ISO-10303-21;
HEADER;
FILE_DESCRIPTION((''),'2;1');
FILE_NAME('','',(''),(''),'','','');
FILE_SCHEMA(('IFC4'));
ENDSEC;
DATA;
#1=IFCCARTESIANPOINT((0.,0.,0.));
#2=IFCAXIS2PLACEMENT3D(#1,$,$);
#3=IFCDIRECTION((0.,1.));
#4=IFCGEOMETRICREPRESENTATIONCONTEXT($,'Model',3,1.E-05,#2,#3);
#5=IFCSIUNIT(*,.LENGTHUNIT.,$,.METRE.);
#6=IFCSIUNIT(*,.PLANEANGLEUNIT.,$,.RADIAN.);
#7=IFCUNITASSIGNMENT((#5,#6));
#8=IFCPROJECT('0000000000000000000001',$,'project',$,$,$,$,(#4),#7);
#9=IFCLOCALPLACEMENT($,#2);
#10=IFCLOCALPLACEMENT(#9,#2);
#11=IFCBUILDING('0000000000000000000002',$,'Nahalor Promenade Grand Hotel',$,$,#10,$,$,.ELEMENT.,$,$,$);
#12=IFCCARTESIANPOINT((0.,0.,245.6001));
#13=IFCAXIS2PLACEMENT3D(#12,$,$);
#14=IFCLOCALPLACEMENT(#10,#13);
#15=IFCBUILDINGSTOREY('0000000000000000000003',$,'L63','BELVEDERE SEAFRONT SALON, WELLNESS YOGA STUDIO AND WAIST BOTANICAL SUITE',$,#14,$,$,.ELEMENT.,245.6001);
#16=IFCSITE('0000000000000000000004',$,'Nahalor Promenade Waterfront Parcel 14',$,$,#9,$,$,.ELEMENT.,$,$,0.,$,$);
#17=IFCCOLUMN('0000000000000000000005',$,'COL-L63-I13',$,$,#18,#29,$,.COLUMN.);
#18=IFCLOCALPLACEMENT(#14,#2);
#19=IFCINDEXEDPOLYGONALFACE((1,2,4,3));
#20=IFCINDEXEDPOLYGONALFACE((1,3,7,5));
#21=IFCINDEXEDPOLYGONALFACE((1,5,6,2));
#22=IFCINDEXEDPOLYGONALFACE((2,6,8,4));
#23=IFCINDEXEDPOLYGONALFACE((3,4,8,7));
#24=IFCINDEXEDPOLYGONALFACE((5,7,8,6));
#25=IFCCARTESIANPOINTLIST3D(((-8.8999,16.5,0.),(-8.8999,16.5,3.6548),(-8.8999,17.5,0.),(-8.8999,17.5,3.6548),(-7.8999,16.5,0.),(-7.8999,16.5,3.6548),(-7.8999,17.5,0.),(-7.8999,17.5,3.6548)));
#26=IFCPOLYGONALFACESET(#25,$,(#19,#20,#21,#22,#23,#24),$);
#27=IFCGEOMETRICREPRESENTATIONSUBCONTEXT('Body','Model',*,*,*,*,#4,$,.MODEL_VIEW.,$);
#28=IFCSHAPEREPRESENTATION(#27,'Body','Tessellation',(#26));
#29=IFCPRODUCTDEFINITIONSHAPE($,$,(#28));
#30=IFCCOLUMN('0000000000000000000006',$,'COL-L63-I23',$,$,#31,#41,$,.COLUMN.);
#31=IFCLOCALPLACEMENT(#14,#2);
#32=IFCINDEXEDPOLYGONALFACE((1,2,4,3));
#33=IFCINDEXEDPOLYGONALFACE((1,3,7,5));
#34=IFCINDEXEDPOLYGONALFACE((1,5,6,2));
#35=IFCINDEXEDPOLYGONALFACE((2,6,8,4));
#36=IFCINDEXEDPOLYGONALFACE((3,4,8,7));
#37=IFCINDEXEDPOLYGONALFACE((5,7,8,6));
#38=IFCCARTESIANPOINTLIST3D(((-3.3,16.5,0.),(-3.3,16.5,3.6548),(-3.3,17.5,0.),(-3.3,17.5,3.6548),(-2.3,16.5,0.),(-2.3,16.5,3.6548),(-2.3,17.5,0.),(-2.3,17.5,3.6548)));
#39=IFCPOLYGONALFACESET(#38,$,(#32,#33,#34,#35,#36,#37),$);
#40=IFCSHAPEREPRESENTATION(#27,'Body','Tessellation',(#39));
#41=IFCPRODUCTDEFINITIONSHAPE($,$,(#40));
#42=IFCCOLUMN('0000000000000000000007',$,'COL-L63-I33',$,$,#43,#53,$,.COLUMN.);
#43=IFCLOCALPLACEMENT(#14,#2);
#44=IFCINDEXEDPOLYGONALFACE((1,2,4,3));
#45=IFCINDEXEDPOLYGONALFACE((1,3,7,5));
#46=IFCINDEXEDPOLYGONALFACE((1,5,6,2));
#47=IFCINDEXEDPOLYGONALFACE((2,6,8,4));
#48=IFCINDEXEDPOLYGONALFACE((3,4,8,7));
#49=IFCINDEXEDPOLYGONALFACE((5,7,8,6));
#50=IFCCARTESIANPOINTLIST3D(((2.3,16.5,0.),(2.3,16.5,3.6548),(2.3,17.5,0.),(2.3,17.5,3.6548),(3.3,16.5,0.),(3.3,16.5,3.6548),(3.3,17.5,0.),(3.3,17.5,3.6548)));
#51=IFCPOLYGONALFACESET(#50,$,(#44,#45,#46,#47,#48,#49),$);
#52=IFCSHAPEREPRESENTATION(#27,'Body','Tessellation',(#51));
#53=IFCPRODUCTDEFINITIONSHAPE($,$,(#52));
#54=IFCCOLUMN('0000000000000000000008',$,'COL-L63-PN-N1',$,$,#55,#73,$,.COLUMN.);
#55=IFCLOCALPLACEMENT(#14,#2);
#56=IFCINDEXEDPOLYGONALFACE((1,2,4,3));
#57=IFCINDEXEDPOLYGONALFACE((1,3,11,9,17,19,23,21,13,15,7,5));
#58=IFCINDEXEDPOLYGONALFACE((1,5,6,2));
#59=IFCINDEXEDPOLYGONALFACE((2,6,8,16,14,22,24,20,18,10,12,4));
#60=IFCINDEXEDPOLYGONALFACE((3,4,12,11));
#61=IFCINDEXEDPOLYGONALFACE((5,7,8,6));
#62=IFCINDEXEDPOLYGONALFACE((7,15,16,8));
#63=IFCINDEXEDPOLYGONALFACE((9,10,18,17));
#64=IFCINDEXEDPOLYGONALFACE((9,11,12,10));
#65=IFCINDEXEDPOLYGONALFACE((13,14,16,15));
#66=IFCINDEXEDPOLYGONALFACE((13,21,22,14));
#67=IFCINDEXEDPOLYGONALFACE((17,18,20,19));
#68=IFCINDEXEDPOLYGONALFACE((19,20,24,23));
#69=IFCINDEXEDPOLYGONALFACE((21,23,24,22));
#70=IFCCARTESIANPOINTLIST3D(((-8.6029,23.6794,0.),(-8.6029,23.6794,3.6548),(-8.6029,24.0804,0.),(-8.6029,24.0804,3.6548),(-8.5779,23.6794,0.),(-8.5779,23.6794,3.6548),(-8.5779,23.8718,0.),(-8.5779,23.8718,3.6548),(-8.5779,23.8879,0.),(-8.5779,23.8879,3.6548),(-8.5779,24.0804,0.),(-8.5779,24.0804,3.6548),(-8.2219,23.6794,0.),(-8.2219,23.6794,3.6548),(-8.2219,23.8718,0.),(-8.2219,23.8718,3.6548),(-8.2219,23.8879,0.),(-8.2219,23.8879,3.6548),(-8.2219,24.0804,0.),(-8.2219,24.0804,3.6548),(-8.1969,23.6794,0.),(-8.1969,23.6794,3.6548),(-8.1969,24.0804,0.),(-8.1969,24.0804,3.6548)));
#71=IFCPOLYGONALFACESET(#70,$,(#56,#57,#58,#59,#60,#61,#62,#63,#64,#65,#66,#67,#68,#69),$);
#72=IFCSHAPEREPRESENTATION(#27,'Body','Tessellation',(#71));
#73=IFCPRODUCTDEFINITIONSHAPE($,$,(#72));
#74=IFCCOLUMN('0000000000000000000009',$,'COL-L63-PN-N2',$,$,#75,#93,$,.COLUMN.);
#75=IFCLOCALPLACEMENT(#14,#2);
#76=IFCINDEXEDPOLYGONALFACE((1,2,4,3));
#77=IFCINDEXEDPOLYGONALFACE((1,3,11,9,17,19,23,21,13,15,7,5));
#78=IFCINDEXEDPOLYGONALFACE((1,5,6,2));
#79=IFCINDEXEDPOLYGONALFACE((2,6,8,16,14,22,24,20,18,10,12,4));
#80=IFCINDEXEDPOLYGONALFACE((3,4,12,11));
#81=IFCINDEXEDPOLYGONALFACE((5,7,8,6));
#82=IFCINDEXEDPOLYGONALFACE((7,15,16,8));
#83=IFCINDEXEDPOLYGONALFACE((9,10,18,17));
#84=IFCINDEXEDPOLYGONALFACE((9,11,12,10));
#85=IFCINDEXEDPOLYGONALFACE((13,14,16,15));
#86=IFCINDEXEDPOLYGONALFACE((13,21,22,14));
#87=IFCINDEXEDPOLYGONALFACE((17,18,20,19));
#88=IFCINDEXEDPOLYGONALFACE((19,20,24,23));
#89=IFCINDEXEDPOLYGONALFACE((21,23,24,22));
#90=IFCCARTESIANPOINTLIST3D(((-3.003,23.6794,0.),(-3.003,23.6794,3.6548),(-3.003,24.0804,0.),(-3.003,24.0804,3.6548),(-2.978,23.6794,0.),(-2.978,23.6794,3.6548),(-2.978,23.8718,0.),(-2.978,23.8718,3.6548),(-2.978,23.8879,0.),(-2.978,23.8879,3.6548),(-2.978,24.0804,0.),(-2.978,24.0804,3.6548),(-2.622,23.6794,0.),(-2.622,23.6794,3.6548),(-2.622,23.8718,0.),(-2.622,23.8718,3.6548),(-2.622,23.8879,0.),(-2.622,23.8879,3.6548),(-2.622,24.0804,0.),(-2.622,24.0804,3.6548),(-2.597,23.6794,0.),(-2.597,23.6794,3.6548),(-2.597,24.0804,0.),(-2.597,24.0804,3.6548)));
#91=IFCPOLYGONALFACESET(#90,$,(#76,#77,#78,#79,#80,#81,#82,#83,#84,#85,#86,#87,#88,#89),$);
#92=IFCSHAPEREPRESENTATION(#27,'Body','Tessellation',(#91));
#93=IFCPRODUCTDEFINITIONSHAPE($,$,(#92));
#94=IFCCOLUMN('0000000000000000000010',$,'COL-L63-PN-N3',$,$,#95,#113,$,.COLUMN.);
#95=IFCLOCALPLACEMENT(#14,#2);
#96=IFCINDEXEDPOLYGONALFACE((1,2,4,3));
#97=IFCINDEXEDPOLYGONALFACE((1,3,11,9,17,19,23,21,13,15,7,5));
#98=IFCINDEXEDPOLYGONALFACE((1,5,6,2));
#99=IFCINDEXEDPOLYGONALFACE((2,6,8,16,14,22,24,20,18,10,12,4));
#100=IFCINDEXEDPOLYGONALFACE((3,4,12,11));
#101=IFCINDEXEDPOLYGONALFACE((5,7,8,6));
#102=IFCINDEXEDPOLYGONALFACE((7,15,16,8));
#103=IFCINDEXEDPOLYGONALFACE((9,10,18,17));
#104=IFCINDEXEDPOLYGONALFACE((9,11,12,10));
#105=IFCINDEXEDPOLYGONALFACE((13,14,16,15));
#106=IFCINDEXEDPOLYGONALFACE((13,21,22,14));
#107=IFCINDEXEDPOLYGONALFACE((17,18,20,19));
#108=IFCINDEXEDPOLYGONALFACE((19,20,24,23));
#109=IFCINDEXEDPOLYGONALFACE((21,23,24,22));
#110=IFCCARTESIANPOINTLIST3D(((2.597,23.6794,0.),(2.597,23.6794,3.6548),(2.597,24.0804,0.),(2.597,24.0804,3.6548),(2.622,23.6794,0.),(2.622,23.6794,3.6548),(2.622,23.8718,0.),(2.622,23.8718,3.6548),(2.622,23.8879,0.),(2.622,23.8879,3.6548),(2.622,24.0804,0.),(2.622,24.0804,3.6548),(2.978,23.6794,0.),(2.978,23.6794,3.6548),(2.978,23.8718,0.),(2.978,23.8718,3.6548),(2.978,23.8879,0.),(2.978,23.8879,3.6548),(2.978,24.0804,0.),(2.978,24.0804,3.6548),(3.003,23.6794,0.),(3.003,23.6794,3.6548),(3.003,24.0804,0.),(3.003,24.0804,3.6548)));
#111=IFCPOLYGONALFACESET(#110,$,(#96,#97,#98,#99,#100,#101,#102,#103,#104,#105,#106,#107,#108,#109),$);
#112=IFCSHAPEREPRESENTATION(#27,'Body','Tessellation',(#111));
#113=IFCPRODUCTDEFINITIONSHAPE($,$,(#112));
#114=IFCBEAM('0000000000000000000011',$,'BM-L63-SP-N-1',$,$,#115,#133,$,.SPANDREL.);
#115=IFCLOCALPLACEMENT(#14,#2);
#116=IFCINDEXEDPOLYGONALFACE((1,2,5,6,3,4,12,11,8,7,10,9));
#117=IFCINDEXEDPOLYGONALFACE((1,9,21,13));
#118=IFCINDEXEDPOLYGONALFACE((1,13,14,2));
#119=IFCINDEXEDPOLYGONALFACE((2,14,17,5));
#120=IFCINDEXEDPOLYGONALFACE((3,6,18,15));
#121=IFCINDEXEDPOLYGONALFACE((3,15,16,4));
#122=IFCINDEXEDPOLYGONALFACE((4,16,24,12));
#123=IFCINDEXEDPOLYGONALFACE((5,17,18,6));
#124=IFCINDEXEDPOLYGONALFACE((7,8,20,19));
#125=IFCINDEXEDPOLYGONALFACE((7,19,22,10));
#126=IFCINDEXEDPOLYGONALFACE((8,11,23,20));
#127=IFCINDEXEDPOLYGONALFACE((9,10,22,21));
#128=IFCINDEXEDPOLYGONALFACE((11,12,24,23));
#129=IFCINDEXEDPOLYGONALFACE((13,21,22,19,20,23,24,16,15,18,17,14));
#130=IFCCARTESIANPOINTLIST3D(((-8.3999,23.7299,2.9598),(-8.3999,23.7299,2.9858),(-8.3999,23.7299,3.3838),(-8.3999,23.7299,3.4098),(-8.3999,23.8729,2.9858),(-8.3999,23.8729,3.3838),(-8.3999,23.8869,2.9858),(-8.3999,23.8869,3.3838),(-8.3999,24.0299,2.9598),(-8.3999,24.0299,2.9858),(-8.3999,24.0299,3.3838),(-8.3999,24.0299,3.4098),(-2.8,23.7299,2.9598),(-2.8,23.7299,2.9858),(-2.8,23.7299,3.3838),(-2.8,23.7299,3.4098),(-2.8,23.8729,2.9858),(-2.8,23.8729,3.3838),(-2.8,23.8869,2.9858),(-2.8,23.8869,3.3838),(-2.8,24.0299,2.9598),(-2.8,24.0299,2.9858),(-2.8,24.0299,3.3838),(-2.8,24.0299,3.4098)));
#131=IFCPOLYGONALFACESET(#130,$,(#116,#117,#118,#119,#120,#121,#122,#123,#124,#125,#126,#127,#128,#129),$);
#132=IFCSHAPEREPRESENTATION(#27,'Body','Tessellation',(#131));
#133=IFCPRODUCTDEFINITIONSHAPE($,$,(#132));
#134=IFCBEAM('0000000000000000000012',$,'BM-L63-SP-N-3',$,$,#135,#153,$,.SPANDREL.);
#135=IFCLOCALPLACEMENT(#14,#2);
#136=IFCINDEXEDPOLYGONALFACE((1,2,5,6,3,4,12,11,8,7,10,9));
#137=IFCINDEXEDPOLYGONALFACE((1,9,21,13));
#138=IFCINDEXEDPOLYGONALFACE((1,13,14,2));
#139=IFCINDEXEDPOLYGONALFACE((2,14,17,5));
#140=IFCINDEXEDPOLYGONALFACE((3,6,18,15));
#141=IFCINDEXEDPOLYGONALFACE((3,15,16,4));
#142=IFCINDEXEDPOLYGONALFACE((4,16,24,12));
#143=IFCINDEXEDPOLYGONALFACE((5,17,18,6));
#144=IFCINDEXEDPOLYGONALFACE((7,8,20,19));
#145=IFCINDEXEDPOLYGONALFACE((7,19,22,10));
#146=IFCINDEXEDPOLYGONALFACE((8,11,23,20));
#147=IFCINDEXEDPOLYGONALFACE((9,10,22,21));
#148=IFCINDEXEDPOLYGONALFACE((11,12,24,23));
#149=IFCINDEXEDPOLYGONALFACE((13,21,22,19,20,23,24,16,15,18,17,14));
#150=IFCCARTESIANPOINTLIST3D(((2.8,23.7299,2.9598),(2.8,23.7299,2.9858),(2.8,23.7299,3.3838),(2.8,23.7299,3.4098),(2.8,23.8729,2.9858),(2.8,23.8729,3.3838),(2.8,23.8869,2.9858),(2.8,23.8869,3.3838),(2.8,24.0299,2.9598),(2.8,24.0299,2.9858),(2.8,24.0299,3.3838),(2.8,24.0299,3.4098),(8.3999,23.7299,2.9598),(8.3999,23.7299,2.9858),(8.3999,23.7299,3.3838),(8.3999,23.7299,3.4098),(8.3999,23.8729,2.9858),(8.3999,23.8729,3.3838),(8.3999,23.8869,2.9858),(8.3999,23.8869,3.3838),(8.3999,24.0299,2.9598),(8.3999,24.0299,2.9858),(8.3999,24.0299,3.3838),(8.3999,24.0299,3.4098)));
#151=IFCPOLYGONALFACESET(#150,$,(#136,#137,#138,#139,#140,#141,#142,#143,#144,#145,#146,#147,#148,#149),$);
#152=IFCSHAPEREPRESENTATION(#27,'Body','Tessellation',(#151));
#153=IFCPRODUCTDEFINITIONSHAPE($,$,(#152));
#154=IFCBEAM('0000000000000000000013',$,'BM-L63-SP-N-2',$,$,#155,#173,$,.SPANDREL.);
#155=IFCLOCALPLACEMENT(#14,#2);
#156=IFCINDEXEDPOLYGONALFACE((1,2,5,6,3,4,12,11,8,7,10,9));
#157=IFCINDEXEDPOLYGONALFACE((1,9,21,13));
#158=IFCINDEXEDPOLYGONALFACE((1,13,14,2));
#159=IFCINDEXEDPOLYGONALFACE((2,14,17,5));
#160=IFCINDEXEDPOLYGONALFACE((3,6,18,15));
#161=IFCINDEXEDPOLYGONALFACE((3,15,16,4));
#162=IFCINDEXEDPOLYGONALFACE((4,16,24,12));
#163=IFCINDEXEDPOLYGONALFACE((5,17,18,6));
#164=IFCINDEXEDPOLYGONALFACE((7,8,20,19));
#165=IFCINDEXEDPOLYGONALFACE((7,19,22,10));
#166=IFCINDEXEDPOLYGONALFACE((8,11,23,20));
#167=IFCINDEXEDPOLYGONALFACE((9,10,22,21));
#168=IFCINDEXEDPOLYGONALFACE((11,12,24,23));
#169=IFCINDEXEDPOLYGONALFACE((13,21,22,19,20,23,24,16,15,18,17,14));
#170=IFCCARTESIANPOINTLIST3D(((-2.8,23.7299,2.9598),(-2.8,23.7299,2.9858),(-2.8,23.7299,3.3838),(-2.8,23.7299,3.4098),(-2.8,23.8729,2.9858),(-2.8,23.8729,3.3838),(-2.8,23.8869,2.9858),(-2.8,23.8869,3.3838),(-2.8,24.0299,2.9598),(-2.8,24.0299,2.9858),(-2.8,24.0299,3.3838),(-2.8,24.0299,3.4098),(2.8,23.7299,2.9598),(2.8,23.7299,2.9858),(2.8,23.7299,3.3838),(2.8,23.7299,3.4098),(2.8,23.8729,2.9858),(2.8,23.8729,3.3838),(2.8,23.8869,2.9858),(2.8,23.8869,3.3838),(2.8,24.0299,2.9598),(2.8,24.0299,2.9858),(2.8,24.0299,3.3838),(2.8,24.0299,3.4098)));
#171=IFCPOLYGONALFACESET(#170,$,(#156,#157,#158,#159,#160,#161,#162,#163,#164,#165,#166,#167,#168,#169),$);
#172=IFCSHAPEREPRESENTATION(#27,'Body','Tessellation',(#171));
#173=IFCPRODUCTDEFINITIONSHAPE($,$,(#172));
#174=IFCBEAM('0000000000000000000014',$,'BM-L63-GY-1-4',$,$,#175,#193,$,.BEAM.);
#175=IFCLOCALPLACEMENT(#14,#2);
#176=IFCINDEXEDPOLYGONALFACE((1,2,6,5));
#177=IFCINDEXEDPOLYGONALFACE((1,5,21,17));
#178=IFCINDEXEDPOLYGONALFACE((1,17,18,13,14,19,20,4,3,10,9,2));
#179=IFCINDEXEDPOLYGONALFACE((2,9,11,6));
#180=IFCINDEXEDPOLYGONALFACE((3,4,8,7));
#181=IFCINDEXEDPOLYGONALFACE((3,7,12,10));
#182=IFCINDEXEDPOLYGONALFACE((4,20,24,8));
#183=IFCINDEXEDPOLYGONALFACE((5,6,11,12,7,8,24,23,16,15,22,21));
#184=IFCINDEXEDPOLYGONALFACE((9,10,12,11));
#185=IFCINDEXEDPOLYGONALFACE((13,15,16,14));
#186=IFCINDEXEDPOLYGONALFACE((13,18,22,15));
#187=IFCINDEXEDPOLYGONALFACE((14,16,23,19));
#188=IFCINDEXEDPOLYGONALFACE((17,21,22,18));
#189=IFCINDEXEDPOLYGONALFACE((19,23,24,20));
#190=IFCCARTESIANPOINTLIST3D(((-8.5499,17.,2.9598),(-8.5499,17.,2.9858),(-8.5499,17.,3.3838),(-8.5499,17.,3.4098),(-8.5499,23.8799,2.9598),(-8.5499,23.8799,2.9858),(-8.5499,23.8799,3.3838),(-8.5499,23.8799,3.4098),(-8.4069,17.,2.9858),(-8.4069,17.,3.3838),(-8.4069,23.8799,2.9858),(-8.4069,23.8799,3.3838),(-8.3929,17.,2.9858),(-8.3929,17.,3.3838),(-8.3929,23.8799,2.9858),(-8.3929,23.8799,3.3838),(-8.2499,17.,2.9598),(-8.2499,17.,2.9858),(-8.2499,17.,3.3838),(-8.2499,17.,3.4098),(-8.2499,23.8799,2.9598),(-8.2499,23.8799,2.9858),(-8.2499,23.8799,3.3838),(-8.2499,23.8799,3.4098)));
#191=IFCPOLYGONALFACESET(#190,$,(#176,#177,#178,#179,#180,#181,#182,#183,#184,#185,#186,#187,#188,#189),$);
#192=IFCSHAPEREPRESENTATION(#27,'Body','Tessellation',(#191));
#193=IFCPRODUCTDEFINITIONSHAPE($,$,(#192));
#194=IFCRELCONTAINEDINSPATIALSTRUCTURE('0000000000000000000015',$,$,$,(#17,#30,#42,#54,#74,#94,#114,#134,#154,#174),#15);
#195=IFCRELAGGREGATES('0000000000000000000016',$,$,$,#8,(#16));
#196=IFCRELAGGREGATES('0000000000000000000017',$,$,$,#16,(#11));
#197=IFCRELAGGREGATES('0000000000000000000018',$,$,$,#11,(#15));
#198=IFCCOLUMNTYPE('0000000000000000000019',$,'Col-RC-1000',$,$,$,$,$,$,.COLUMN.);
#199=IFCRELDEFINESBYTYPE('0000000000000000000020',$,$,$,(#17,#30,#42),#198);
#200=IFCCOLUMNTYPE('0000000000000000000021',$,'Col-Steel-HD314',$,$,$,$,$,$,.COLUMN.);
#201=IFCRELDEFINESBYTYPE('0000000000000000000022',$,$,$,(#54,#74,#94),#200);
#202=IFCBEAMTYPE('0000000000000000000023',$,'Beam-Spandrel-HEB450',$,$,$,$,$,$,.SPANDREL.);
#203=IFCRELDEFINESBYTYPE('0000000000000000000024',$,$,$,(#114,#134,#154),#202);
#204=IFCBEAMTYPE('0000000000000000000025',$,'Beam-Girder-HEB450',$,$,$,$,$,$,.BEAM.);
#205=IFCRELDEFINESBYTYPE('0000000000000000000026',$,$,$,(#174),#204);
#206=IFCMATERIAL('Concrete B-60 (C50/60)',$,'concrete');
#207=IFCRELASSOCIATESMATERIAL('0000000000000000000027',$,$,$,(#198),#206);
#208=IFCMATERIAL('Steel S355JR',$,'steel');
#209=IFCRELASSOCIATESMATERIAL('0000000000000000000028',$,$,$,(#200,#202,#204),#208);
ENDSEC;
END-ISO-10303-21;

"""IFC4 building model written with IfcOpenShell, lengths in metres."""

from ifc_helpers import new_model, si_unit, direction, frame, origin, origin_2d, place, context, subcontext, project, spatial, rectangle, i_section, extrude, source, transform, mapped, material, material_profile, profile_set, type_object, element, save


model = new_model("IFC4")

# Units and contexts
model_context = context("Model", 3, precision=1e-05, world=origin(), true_north=direction((0.0, 1.0)))
body_context = subcontext(model_context, "Body", "Model", "MODEL_VIEW")
ifc_project = project(units=[si_unit("LENGTHUNIT", "METRE"), si_unit("PLANEANGLEUNIT", "RADIAN")], contexts=[model_context])

# Site, building, storey
site_placement = place(None, origin())
site = spatial("IfcSite", under=ifc_project, at=site_placement, Name="Nahalor Promenade Waterfront Parcel 14", CompositionType="ELEMENT", RefElevation=0.0)
building_placement = place(site_placement, origin())
building = spatial("IfcBuilding", under=site, at=building_placement, Name="Nahalor Promenade Grand Hotel", CompositionType="ELEMENT")
storey_placement = place(building_placement, frame((0.0, 0.0, 245.6001)))
storey = spatial("IfcBuildingStorey", under=building, at=storey_placement, Name="L63", Description="BELVEDERE SEAFRONT SALON, WELLNESS YOGA STUDIO AND WAIST BOTANICAL SUITE", CompositionType="ELEMENT", Elevation=245.6001)

# Columns
ifc_material_1 = material(Name="Concrete B-60 (C50/60)", Category="concrete")
ifc_material_profile_1 = material_profile(ifc_material_1, rectangle(XDim=1.0, YDim=1.0, at=origin_2d()), Name="RC 1000x1000")
ifc_profile_set_1 = profile_set([ifc_material_profile_1], Name="Concrete B-60 (C50/60)")
column_type_1 = type_object("IfcColumnType", Name="Col-RC-1000", PredefinedType="COLUMN", material=ifc_profile_set_1)
shared_shape_1 = source(origin(), body_context, "Body", "SweptSolid", [
    extrude(rectangle(XDim=1.0, YDim=1.0, at=origin_2d()), origin(), (0.0, 0.0, 1.0), 3.6548),
])
for number, where, z_axis, x_axis, name in (
    (1, (-8.3999, 17.0, 0.0), (0.0, 0.0, 1.0), (1.0, 0.0, 0.0), "COL-L63-I13"),
    (2, (-2.8, 17.0, 0.0), (0.0, 0.0, 1.0), (1.0, 0.0, 0.0), "COL-L63-I23"),
    (3, (2.8, 17.0, 0.0), (0.0, 0.0, 1.0), (1.0, 0.0, 0.0), "COL-L63-I33"),
):
    element("IfcColumn", number, at=place(storey_placement, frame(where, z_axis=z_axis, x_axis=x_axis)), inside=storey, type_object=column_type_1, Name=name, PredefinedType="COLUMN", context=body_context, shape_type="MappedRepresentation", body=[
        mapped(shared_shape_1, transform((0.0, 0.0, 0.0), scale=1.0)),
    ])
ifc_material_2 = material(Name="Steel S355JR", Category="steel")
ifc_material_profile_2 = material_profile(ifc_material_2, i_section(OverallWidth=0.401, OverallDepth=0.406, WebThickness=0.0161, FlangeThickness=0.025, at=origin_2d()), Name="HD 400x314")
ifc_profile_set_2 = profile_set([ifc_material_profile_2], Name="Steel S355JR")
column_type_2 = type_object("IfcColumnType", Name="Col-Steel-HD314", PredefinedType="COLUMN", material=ifc_profile_set_2)
shared_shape_2 = source(origin(), body_context, "Body", "SweptSolid", [
    extrude(i_section(OverallWidth=0.401, OverallDepth=0.406, WebThickness=0.0161, FlangeThickness=0.025, at=origin_2d()), origin(), (0.0, 0.0, 1.0), 3.6548),
])
for number, where, z_axis, x_axis, name in (
    (4, (-8.3999, 23.8799, 0.0), (0.0, 0.0, 1.0), (0.0, 1.0, 0.0), "COL-L63-PN-N1"),
    (5, (-2.8, 23.8799, 0.0), (0.0, 0.0, 1.0), (0.0, 1.0, 0.0), "COL-L63-PN-N2"),
    (6, (2.8, 23.8799, 0.0), (0.0, 0.0, 1.0), (0.0, 1.0, 0.0), "COL-L63-PN-N3"),
):
    element("IfcColumn", number, at=place(storey_placement, frame(where, z_axis=z_axis, x_axis=x_axis)), inside=storey, type_object=column_type_2, Name=name, PredefinedType="COLUMN", context=body_context, shape_type="MappedRepresentation", body=[
        mapped(shared_shape_2, transform((0.0, 0.0, 0.0), scale=1.0)),
    ])

# Beams
ifc_material_profile_3 = material_profile(ifc_material_2, i_section(OverallWidth=0.3, OverallDepth=0.45, WebThickness=0.014, FlangeThickness=0.026, at=origin_2d()), Name="HEB 450")
ifc_profile_set_3 = profile_set([ifc_material_profile_3], Name="Steel S355JR")
beam_type_1 = type_object("IfcBeamType", Name="Beam-Spandrel-HEB450", PredefinedType="SPANDREL", material=ifc_profile_set_3)
shared_shape_3 = source(origin(), body_context, "Body", "SweptSolid", [
    extrude(i_section(OverallWidth=0.3, OverallDepth=0.45, WebThickness=0.014, FlangeThickness=0.026, at=origin_2d()), origin(), (0.0, 0.0, 1.0), 5.5999),
])
for number, where, z_axis, x_axis, name in (
    (7, (-8.3999, 23.8799, 3.1848), (1.0, 0.0, 0.0), (0.0, 1.0, 0.0), "BM-L63-SP-N-1"),
    (8, (2.8, 23.8799, 3.1848), (1.0, 0.0, 0.0), (0.0, 1.0, 0.0), "BM-L63-SP-N-3"),
):
    element("IfcBeam", number, at=place(storey_placement, frame(where, z_axis=z_axis, x_axis=x_axis)), inside=storey, type_object=beam_type_1, Name=name, PredefinedType="SPANDREL", context=body_context, shape_type="MappedRepresentation", body=[
        mapped(shared_shape_3, transform((0.0, 0.0, 0.0), scale=1.0)),
    ])
shared_shape_4 = source(origin(), body_context, "Body", "SweptSolid", [
    extrude(i_section(OverallWidth=0.3, OverallDepth=0.45, WebThickness=0.014, FlangeThickness=0.026, at=origin_2d()), origin(), (0.0, 0.0, 1.0), 5.6001),
])
beam_1_placement = place(storey_placement, frame((-2.8, 23.8799, 3.1848), z_axis=(1.0, 0.0, 0.0), x_axis=(0.0, 1.0, 0.0)))
element("IfcBeam", 9, at=beam_1_placement, inside=storey, type_object=beam_type_1, Name="BM-L63-SP-N-2", PredefinedType="SPANDREL", context=body_context, shape_type="MappedRepresentation", body=[
    mapped(shared_shape_4, transform((0.0, 0.0, 0.0), scale=1.0)),
])
ifc_material_profile_4 = material_profile(ifc_material_2, i_section(OverallWidth=0.3, OverallDepth=0.45, WebThickness=0.014, FlangeThickness=0.026, at=origin_2d()), Name="HEB 450")
ifc_profile_set_4 = profile_set([ifc_material_profile_4], Name="Steel S355JR")
beam_type_2 = type_object("IfcBeamType", Name="Beam-Girder-HEB450", PredefinedType="BEAM", material=ifc_profile_set_4)
shared_shape_5 = source(origin(), body_context, "Body", "SweptSolid", [
    extrude(i_section(OverallWidth=0.3, OverallDepth=0.45, WebThickness=0.014, FlangeThickness=0.026, at=origin_2d()), origin(), (0.0, 0.0, 1.0), 6.8799),
])
for number, where, z_axis, x_axis, name in (
    (10, (-8.3999, 17.0, 3.1848), (0.0, 1.0, 0.0), (-1.0, 0.0, 0.0), "BM-L63-GY-1-4"),
):
    element("IfcBeam", number, at=place(storey_placement, frame(where, z_axis=z_axis, x_axis=x_axis)), inside=storey, type_object=beam_type_2, Name=name, PredefinedType="BEAM", context=body_context, shape_type="MappedRepresentation", body=[
        mapped(shared_shape_5, transform((0.0, 0.0, 0.0), scale=1.0)),
    ])

save(model, "model.ifc")
